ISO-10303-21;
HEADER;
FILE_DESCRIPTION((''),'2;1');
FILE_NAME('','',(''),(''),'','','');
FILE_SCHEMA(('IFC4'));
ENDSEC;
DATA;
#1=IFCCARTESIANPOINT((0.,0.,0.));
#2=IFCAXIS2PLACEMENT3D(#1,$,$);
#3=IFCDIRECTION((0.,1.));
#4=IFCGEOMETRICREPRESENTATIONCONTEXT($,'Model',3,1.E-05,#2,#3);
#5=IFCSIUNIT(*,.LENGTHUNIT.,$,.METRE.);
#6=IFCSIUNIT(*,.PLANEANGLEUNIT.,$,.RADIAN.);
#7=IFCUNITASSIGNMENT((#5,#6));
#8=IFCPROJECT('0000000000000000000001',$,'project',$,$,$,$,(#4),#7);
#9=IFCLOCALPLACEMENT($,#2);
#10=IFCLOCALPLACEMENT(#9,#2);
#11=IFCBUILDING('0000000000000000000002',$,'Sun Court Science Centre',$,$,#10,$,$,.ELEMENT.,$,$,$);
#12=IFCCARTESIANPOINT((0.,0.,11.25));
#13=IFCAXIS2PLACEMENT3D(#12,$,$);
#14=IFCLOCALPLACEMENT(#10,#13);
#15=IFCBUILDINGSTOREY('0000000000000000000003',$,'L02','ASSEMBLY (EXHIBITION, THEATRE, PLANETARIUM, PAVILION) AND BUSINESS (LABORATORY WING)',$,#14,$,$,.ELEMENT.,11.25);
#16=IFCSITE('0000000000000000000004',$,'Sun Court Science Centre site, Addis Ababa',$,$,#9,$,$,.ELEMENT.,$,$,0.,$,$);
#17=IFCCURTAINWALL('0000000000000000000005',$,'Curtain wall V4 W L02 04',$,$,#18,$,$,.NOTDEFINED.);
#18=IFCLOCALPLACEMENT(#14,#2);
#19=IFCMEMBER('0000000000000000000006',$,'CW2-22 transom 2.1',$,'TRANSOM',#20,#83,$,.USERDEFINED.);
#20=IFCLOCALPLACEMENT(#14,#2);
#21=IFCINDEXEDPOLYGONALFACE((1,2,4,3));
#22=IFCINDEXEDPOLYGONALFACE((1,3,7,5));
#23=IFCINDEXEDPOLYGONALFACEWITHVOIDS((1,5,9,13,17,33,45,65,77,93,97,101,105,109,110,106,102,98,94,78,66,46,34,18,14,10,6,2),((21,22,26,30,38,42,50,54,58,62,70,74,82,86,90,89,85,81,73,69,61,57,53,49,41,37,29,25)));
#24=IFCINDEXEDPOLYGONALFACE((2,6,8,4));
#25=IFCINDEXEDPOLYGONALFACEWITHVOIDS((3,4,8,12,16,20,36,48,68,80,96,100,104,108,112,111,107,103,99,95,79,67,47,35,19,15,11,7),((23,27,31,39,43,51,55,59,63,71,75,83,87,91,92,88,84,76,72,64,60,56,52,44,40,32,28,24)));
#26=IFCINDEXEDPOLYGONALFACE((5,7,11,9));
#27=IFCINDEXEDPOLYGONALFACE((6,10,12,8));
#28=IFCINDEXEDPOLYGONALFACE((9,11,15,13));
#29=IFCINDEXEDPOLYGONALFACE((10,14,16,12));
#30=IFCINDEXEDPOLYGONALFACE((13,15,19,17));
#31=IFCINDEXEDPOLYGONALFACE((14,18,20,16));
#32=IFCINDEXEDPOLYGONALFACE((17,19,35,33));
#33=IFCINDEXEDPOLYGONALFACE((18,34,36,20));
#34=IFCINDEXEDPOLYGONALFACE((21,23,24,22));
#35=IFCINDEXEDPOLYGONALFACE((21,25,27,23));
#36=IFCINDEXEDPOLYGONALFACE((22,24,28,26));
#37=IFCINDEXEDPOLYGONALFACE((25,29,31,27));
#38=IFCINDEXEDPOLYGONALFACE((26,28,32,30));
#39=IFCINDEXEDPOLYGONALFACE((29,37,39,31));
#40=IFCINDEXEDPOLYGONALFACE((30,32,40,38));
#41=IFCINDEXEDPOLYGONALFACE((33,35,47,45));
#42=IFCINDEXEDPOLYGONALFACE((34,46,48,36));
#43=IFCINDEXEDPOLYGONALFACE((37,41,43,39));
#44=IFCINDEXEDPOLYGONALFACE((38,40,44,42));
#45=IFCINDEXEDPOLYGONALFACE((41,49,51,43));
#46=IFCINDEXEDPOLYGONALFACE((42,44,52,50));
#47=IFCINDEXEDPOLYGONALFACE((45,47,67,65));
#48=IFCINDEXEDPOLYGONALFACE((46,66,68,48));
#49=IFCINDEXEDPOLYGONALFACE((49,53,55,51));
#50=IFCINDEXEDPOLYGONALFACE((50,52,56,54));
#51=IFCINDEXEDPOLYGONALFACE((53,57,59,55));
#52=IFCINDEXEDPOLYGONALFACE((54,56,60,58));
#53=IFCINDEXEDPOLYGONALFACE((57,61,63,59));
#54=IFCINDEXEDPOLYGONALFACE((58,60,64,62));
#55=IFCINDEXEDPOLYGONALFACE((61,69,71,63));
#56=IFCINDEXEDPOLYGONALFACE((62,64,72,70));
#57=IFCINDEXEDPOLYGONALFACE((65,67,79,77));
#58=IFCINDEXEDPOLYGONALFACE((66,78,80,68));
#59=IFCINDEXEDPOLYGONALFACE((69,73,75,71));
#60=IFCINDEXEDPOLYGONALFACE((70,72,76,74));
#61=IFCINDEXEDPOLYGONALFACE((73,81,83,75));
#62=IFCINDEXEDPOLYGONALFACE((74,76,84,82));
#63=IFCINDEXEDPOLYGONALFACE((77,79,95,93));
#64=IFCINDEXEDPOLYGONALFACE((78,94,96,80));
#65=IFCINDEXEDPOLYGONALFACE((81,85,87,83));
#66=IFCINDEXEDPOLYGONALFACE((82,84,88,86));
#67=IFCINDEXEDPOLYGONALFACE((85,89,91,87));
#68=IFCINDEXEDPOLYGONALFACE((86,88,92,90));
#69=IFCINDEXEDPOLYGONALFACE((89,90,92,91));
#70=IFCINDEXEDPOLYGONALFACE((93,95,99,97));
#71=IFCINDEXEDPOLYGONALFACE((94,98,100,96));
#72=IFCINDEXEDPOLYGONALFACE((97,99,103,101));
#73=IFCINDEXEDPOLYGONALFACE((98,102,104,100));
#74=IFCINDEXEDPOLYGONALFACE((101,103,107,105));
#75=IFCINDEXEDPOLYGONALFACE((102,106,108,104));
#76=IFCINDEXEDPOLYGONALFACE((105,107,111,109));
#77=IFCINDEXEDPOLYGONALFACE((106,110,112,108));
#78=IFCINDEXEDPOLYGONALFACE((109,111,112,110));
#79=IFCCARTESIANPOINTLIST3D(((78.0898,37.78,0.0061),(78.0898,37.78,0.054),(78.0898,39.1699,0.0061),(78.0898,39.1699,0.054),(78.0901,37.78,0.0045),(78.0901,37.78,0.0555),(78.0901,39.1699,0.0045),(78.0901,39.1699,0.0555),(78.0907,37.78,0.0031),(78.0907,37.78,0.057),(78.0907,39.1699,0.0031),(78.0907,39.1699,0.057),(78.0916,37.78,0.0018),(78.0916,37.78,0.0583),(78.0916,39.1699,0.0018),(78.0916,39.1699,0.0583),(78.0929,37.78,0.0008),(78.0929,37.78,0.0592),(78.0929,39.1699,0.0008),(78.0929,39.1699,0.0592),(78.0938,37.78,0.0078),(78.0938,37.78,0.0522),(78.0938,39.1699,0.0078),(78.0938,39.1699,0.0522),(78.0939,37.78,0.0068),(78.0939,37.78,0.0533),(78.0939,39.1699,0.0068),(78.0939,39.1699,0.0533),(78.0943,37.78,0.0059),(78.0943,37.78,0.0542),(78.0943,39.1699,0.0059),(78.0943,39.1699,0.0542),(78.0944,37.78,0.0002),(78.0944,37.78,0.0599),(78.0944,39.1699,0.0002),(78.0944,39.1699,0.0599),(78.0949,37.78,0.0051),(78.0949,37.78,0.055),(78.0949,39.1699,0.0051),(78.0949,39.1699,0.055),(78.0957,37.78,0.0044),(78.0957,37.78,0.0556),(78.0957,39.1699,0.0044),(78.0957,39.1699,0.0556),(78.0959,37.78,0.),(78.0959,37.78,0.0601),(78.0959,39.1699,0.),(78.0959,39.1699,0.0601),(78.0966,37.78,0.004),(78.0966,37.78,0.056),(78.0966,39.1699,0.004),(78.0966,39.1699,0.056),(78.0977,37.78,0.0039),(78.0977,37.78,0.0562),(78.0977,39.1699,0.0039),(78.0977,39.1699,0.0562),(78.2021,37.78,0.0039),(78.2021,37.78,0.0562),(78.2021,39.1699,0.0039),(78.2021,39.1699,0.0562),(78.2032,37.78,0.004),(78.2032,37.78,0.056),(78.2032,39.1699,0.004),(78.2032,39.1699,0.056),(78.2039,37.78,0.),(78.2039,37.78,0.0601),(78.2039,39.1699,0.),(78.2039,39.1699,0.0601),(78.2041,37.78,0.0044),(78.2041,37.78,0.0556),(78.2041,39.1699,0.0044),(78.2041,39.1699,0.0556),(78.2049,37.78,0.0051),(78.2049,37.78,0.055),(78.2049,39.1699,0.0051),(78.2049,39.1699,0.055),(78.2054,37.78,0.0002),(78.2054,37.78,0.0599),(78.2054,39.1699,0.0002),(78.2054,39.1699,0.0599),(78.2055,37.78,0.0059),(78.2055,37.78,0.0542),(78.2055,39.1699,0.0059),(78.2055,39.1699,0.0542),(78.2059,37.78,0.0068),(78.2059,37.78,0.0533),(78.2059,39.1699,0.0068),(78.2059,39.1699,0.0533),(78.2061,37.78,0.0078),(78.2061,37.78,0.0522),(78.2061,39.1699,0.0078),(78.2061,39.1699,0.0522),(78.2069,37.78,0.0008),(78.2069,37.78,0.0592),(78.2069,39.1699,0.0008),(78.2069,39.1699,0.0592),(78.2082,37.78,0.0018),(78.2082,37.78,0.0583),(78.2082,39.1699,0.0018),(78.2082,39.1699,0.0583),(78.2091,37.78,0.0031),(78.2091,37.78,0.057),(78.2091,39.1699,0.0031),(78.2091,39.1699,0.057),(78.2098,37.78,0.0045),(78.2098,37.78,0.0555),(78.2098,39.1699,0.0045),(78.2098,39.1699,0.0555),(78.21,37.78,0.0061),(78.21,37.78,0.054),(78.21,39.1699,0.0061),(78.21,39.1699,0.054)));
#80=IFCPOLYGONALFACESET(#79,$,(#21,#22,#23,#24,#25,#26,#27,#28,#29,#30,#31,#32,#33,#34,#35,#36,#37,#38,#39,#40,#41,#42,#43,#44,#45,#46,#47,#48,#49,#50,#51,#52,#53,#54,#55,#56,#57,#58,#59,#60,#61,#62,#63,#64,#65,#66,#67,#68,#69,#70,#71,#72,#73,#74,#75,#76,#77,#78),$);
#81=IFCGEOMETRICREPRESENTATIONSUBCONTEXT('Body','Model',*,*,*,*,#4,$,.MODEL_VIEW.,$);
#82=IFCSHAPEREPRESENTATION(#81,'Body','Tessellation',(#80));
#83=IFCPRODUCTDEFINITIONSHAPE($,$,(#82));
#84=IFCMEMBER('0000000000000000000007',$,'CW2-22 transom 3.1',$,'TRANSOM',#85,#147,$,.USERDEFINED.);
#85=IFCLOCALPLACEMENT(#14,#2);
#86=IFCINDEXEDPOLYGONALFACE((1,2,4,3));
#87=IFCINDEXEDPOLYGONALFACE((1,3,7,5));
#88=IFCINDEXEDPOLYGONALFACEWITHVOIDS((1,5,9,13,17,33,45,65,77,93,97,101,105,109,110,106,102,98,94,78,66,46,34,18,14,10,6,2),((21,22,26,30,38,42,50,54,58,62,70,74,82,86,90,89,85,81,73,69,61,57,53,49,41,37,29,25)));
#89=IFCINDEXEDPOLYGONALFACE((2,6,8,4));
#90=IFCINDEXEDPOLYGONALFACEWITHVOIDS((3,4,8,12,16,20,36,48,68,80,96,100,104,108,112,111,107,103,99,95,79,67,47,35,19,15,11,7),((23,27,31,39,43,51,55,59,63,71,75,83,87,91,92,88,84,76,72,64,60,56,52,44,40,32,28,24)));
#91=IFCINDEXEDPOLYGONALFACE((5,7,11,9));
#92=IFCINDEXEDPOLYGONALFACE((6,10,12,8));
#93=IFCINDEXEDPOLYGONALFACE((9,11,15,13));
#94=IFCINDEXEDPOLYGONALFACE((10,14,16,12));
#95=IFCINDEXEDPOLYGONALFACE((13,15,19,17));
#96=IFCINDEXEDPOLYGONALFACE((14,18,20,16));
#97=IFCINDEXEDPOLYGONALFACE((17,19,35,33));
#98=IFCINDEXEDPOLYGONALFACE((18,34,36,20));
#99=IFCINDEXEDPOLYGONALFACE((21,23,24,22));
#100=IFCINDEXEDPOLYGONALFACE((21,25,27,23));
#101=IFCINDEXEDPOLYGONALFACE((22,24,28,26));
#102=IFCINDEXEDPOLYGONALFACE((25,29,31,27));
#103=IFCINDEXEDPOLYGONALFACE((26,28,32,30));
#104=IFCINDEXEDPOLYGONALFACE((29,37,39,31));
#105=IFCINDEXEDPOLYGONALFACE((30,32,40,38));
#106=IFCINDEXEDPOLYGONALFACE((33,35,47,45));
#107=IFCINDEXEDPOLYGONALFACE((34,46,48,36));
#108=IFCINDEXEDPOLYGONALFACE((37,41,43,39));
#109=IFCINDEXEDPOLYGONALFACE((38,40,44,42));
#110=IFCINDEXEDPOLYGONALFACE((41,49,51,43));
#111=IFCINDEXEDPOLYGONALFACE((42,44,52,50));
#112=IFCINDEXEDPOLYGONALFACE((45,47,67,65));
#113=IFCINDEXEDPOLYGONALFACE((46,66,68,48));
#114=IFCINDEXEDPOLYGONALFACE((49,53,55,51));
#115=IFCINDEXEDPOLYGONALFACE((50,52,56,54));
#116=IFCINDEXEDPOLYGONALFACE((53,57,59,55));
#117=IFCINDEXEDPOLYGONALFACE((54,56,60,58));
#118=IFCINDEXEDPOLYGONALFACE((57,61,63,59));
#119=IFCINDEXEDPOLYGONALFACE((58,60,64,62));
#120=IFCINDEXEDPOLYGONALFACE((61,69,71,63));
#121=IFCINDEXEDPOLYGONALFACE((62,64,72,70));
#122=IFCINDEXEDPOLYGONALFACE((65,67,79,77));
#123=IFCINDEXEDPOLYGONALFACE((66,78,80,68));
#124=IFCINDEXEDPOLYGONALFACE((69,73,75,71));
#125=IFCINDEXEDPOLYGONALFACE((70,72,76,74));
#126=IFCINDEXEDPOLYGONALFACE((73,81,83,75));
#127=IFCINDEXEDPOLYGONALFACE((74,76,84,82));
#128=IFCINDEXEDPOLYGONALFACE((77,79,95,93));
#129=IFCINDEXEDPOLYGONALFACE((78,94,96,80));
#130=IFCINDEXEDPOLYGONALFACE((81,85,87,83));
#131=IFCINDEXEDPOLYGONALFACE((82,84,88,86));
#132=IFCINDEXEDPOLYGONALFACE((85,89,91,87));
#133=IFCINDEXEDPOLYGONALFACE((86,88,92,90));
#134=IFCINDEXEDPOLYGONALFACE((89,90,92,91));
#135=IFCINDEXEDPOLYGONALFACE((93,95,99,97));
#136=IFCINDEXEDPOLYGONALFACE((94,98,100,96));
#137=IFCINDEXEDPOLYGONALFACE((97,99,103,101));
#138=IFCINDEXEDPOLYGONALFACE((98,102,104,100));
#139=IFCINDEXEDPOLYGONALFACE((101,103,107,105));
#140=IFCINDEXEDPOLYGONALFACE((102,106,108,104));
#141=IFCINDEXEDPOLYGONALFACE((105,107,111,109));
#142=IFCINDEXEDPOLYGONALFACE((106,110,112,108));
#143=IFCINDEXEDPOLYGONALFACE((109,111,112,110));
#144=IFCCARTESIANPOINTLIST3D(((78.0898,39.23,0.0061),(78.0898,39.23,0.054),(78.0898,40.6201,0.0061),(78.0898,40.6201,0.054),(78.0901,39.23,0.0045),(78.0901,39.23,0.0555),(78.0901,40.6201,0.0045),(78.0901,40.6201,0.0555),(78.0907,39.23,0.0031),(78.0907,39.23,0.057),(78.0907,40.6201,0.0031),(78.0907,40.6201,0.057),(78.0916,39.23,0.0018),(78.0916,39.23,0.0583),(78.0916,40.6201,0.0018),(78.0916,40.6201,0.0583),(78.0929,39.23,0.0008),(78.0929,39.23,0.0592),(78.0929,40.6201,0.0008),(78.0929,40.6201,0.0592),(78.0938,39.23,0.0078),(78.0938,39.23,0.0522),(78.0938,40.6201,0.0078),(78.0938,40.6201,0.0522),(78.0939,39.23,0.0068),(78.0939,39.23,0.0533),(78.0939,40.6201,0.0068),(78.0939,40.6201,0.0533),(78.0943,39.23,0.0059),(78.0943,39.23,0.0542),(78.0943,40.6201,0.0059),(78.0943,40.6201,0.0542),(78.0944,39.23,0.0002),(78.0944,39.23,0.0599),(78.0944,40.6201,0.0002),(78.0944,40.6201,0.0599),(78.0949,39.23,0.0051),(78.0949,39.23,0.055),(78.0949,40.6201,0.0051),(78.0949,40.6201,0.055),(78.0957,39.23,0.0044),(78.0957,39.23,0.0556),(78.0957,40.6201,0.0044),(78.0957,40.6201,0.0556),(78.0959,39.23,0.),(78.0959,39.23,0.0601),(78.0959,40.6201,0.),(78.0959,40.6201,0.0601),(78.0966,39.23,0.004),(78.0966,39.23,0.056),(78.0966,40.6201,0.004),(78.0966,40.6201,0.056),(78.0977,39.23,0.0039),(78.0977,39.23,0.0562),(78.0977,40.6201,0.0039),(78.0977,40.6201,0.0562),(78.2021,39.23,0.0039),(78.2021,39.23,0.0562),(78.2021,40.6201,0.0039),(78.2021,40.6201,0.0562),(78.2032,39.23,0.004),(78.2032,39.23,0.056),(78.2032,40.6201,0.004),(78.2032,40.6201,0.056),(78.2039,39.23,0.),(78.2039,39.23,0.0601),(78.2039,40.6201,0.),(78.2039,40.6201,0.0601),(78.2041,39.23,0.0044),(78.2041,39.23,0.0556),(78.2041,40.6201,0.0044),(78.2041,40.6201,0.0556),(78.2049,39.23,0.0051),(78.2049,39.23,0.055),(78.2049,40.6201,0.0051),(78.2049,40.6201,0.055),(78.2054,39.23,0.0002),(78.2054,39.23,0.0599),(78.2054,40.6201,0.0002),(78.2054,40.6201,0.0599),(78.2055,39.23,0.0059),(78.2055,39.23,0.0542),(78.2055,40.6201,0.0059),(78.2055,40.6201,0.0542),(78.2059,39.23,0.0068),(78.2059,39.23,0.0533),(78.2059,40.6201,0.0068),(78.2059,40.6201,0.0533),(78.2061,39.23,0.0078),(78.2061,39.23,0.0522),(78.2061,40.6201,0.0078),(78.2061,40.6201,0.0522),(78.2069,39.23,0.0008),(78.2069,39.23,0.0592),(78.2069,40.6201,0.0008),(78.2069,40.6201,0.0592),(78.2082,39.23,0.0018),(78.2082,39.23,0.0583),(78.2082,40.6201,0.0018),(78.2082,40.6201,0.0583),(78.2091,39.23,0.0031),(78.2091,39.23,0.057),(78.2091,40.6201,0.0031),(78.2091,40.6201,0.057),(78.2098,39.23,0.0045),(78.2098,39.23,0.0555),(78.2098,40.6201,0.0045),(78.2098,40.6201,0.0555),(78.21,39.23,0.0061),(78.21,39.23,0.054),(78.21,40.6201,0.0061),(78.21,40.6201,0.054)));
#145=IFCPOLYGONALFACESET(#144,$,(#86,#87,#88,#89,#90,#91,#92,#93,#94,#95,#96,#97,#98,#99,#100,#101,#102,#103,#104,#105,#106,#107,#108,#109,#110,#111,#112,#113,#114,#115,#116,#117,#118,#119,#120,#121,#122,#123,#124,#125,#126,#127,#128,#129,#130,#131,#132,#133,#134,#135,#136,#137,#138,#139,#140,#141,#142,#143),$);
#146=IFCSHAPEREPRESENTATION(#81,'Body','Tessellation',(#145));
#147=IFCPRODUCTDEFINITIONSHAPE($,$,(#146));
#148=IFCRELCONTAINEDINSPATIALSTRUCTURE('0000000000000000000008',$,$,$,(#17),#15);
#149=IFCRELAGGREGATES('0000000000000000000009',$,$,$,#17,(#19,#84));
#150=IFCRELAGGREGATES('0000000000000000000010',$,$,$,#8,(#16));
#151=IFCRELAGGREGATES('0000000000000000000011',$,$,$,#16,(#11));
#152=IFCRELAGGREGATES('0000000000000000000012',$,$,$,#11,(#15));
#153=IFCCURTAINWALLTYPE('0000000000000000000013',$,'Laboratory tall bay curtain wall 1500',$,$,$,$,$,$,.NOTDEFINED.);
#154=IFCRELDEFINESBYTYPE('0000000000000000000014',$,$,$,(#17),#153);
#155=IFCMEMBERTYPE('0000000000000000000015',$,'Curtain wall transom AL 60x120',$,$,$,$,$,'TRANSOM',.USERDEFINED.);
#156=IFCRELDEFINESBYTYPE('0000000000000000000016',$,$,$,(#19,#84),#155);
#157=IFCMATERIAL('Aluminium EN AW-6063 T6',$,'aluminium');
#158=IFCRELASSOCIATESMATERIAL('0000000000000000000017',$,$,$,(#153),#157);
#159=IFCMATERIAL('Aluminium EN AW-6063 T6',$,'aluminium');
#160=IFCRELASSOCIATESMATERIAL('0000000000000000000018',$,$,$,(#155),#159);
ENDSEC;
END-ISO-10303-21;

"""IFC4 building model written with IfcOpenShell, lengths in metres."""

from ifc_helpers import new_model, si_unit, direction, frame, origin, origin_2d, place, context, subcontext, project, spatial, hollow_rectangle, extrude, material, material_profile, profile_set, type_object, element, aggregate, save


model = new_model("IFC4")

# Units and contexts
model_context = context("Model", 3, precision=1e-05, world=origin(), true_north=direction((0.0, 1.0)))
body_context = subcontext(model_context, "Body", "Model", "MODEL_VIEW")
ifc_project = project(units=[si_unit("LENGTHUNIT", "METRE"), si_unit("PLANEANGLEUNIT", "RADIAN")], contexts=[model_context])

# Site, building, storey
site_placement = place(None, origin())
site = spatial("IfcSite", under=ifc_project, at=site_placement, Name="Sun Court Science Centre site, Addis Ababa", CompositionType="ELEMENT", RefElevation=0.0)
building_placement = place(site_placement, origin())
building = spatial("IfcBuilding", under=site, at=building_placement, Name="Sun Court Science Centre", CompositionType="ELEMENT")
storey_placement = place(building_placement, frame((0.0, 0.0, 11.25)))
storey = spatial("IfcBuildingStorey", under=building, at=storey_placement, Name="L02", Description="ASSEMBLY (EXHIBITION, THEATRE, PLANETARIUM, PAVILION) AND BUSINESS (LABORATORY WING)", CompositionType="ELEMENT", Elevation=11.25)

# Curtain wall, members
ifc_material_1 = material(Name="Aluminium EN AW-6063 T6", Category="aluminium")
curtain_wall_type = type_object("IfcCurtainWallType", Name="Laboratory tall bay curtain wall 1500", PredefinedType="NOTDEFINED", material=ifc_material_1)
curtain_wall_placement = place(storey_placement, origin())
curtain_wall = element("IfcCurtainWall", 1, at=curtain_wall_placement, inside=storey, type_object=curtain_wall_type, Name="Curtain wall V4 W L02 04", PredefinedType="NOTDEFINED")
ifc_material_2 = material(Name="Aluminium EN AW-6063 T6", Category="aluminium")
ifc_material_profile_1 = material_profile(ifc_material_2, hollow_rectangle(XDim=0.0601, YDim=0.1201, WallThickness=0.0039, InnerFilletRadius=0.0039, OuterFilletRadius=0.0061, at=origin_2d()), Name="AL 60x120x4")
ifc_profile_set_1 = profile_set([ifc_material_profile_1], Name="Aluminium EN AW-6063 T6")
member_type_1 = type_object("IfcMemberType", Name="Curtain wall transom AL 60x120", ElementType="TRANSOM", PredefinedType="USERDEFINED", material=ifc_profile_set_1)
member_1_placement = place(storey_placement, frame((78.1499, 37.78, 0.03), z_axis=(0.0, 1.0, 0.0), x_axis=(0.0, 0.0, 1.0)))
member_1 = element("IfcMember", 2, at=member_1_placement, type_object=member_type_1, Name="CW2-22 transom 2.1", ObjectType="TRANSOM", PredefinedType="USERDEFINED", context=body_context, shape_type="SweptSolid", body=[
    extrude(hollow_rectangle(XDim=0.0601, YDim=0.1201, WallThickness=0.0039, InnerFilletRadius=0.0039, OuterFilletRadius=0.0061, at=origin_2d()), origin(), (0.0, 0.0, 1.0), 1.3899),
])
member_2_placement = place(storey_placement, frame((78.1499, 39.23, 0.03), z_axis=(0.0, 1.0, 0.0), x_axis=(0.0, 0.0, 1.0)))
member_2 = element("IfcMember", 3, at=member_2_placement, type_object=member_type_1, Name="CW2-22 transom 3.1", ObjectType="TRANSOM", PredefinedType="USERDEFINED", context=body_context, shape_type="SweptSolid", body=[
    extrude(hollow_rectangle(XDim=0.0601, YDim=0.1201, WallThickness=0.0039, InnerFilletRadius=0.0039, OuterFilletRadius=0.0061, at=origin_2d()), origin(), (0.0, 0.0, 1.0), 1.3901),
])
aggregate(curtain_wall, [member_1, member_2])

save(model, "model.ifc")
